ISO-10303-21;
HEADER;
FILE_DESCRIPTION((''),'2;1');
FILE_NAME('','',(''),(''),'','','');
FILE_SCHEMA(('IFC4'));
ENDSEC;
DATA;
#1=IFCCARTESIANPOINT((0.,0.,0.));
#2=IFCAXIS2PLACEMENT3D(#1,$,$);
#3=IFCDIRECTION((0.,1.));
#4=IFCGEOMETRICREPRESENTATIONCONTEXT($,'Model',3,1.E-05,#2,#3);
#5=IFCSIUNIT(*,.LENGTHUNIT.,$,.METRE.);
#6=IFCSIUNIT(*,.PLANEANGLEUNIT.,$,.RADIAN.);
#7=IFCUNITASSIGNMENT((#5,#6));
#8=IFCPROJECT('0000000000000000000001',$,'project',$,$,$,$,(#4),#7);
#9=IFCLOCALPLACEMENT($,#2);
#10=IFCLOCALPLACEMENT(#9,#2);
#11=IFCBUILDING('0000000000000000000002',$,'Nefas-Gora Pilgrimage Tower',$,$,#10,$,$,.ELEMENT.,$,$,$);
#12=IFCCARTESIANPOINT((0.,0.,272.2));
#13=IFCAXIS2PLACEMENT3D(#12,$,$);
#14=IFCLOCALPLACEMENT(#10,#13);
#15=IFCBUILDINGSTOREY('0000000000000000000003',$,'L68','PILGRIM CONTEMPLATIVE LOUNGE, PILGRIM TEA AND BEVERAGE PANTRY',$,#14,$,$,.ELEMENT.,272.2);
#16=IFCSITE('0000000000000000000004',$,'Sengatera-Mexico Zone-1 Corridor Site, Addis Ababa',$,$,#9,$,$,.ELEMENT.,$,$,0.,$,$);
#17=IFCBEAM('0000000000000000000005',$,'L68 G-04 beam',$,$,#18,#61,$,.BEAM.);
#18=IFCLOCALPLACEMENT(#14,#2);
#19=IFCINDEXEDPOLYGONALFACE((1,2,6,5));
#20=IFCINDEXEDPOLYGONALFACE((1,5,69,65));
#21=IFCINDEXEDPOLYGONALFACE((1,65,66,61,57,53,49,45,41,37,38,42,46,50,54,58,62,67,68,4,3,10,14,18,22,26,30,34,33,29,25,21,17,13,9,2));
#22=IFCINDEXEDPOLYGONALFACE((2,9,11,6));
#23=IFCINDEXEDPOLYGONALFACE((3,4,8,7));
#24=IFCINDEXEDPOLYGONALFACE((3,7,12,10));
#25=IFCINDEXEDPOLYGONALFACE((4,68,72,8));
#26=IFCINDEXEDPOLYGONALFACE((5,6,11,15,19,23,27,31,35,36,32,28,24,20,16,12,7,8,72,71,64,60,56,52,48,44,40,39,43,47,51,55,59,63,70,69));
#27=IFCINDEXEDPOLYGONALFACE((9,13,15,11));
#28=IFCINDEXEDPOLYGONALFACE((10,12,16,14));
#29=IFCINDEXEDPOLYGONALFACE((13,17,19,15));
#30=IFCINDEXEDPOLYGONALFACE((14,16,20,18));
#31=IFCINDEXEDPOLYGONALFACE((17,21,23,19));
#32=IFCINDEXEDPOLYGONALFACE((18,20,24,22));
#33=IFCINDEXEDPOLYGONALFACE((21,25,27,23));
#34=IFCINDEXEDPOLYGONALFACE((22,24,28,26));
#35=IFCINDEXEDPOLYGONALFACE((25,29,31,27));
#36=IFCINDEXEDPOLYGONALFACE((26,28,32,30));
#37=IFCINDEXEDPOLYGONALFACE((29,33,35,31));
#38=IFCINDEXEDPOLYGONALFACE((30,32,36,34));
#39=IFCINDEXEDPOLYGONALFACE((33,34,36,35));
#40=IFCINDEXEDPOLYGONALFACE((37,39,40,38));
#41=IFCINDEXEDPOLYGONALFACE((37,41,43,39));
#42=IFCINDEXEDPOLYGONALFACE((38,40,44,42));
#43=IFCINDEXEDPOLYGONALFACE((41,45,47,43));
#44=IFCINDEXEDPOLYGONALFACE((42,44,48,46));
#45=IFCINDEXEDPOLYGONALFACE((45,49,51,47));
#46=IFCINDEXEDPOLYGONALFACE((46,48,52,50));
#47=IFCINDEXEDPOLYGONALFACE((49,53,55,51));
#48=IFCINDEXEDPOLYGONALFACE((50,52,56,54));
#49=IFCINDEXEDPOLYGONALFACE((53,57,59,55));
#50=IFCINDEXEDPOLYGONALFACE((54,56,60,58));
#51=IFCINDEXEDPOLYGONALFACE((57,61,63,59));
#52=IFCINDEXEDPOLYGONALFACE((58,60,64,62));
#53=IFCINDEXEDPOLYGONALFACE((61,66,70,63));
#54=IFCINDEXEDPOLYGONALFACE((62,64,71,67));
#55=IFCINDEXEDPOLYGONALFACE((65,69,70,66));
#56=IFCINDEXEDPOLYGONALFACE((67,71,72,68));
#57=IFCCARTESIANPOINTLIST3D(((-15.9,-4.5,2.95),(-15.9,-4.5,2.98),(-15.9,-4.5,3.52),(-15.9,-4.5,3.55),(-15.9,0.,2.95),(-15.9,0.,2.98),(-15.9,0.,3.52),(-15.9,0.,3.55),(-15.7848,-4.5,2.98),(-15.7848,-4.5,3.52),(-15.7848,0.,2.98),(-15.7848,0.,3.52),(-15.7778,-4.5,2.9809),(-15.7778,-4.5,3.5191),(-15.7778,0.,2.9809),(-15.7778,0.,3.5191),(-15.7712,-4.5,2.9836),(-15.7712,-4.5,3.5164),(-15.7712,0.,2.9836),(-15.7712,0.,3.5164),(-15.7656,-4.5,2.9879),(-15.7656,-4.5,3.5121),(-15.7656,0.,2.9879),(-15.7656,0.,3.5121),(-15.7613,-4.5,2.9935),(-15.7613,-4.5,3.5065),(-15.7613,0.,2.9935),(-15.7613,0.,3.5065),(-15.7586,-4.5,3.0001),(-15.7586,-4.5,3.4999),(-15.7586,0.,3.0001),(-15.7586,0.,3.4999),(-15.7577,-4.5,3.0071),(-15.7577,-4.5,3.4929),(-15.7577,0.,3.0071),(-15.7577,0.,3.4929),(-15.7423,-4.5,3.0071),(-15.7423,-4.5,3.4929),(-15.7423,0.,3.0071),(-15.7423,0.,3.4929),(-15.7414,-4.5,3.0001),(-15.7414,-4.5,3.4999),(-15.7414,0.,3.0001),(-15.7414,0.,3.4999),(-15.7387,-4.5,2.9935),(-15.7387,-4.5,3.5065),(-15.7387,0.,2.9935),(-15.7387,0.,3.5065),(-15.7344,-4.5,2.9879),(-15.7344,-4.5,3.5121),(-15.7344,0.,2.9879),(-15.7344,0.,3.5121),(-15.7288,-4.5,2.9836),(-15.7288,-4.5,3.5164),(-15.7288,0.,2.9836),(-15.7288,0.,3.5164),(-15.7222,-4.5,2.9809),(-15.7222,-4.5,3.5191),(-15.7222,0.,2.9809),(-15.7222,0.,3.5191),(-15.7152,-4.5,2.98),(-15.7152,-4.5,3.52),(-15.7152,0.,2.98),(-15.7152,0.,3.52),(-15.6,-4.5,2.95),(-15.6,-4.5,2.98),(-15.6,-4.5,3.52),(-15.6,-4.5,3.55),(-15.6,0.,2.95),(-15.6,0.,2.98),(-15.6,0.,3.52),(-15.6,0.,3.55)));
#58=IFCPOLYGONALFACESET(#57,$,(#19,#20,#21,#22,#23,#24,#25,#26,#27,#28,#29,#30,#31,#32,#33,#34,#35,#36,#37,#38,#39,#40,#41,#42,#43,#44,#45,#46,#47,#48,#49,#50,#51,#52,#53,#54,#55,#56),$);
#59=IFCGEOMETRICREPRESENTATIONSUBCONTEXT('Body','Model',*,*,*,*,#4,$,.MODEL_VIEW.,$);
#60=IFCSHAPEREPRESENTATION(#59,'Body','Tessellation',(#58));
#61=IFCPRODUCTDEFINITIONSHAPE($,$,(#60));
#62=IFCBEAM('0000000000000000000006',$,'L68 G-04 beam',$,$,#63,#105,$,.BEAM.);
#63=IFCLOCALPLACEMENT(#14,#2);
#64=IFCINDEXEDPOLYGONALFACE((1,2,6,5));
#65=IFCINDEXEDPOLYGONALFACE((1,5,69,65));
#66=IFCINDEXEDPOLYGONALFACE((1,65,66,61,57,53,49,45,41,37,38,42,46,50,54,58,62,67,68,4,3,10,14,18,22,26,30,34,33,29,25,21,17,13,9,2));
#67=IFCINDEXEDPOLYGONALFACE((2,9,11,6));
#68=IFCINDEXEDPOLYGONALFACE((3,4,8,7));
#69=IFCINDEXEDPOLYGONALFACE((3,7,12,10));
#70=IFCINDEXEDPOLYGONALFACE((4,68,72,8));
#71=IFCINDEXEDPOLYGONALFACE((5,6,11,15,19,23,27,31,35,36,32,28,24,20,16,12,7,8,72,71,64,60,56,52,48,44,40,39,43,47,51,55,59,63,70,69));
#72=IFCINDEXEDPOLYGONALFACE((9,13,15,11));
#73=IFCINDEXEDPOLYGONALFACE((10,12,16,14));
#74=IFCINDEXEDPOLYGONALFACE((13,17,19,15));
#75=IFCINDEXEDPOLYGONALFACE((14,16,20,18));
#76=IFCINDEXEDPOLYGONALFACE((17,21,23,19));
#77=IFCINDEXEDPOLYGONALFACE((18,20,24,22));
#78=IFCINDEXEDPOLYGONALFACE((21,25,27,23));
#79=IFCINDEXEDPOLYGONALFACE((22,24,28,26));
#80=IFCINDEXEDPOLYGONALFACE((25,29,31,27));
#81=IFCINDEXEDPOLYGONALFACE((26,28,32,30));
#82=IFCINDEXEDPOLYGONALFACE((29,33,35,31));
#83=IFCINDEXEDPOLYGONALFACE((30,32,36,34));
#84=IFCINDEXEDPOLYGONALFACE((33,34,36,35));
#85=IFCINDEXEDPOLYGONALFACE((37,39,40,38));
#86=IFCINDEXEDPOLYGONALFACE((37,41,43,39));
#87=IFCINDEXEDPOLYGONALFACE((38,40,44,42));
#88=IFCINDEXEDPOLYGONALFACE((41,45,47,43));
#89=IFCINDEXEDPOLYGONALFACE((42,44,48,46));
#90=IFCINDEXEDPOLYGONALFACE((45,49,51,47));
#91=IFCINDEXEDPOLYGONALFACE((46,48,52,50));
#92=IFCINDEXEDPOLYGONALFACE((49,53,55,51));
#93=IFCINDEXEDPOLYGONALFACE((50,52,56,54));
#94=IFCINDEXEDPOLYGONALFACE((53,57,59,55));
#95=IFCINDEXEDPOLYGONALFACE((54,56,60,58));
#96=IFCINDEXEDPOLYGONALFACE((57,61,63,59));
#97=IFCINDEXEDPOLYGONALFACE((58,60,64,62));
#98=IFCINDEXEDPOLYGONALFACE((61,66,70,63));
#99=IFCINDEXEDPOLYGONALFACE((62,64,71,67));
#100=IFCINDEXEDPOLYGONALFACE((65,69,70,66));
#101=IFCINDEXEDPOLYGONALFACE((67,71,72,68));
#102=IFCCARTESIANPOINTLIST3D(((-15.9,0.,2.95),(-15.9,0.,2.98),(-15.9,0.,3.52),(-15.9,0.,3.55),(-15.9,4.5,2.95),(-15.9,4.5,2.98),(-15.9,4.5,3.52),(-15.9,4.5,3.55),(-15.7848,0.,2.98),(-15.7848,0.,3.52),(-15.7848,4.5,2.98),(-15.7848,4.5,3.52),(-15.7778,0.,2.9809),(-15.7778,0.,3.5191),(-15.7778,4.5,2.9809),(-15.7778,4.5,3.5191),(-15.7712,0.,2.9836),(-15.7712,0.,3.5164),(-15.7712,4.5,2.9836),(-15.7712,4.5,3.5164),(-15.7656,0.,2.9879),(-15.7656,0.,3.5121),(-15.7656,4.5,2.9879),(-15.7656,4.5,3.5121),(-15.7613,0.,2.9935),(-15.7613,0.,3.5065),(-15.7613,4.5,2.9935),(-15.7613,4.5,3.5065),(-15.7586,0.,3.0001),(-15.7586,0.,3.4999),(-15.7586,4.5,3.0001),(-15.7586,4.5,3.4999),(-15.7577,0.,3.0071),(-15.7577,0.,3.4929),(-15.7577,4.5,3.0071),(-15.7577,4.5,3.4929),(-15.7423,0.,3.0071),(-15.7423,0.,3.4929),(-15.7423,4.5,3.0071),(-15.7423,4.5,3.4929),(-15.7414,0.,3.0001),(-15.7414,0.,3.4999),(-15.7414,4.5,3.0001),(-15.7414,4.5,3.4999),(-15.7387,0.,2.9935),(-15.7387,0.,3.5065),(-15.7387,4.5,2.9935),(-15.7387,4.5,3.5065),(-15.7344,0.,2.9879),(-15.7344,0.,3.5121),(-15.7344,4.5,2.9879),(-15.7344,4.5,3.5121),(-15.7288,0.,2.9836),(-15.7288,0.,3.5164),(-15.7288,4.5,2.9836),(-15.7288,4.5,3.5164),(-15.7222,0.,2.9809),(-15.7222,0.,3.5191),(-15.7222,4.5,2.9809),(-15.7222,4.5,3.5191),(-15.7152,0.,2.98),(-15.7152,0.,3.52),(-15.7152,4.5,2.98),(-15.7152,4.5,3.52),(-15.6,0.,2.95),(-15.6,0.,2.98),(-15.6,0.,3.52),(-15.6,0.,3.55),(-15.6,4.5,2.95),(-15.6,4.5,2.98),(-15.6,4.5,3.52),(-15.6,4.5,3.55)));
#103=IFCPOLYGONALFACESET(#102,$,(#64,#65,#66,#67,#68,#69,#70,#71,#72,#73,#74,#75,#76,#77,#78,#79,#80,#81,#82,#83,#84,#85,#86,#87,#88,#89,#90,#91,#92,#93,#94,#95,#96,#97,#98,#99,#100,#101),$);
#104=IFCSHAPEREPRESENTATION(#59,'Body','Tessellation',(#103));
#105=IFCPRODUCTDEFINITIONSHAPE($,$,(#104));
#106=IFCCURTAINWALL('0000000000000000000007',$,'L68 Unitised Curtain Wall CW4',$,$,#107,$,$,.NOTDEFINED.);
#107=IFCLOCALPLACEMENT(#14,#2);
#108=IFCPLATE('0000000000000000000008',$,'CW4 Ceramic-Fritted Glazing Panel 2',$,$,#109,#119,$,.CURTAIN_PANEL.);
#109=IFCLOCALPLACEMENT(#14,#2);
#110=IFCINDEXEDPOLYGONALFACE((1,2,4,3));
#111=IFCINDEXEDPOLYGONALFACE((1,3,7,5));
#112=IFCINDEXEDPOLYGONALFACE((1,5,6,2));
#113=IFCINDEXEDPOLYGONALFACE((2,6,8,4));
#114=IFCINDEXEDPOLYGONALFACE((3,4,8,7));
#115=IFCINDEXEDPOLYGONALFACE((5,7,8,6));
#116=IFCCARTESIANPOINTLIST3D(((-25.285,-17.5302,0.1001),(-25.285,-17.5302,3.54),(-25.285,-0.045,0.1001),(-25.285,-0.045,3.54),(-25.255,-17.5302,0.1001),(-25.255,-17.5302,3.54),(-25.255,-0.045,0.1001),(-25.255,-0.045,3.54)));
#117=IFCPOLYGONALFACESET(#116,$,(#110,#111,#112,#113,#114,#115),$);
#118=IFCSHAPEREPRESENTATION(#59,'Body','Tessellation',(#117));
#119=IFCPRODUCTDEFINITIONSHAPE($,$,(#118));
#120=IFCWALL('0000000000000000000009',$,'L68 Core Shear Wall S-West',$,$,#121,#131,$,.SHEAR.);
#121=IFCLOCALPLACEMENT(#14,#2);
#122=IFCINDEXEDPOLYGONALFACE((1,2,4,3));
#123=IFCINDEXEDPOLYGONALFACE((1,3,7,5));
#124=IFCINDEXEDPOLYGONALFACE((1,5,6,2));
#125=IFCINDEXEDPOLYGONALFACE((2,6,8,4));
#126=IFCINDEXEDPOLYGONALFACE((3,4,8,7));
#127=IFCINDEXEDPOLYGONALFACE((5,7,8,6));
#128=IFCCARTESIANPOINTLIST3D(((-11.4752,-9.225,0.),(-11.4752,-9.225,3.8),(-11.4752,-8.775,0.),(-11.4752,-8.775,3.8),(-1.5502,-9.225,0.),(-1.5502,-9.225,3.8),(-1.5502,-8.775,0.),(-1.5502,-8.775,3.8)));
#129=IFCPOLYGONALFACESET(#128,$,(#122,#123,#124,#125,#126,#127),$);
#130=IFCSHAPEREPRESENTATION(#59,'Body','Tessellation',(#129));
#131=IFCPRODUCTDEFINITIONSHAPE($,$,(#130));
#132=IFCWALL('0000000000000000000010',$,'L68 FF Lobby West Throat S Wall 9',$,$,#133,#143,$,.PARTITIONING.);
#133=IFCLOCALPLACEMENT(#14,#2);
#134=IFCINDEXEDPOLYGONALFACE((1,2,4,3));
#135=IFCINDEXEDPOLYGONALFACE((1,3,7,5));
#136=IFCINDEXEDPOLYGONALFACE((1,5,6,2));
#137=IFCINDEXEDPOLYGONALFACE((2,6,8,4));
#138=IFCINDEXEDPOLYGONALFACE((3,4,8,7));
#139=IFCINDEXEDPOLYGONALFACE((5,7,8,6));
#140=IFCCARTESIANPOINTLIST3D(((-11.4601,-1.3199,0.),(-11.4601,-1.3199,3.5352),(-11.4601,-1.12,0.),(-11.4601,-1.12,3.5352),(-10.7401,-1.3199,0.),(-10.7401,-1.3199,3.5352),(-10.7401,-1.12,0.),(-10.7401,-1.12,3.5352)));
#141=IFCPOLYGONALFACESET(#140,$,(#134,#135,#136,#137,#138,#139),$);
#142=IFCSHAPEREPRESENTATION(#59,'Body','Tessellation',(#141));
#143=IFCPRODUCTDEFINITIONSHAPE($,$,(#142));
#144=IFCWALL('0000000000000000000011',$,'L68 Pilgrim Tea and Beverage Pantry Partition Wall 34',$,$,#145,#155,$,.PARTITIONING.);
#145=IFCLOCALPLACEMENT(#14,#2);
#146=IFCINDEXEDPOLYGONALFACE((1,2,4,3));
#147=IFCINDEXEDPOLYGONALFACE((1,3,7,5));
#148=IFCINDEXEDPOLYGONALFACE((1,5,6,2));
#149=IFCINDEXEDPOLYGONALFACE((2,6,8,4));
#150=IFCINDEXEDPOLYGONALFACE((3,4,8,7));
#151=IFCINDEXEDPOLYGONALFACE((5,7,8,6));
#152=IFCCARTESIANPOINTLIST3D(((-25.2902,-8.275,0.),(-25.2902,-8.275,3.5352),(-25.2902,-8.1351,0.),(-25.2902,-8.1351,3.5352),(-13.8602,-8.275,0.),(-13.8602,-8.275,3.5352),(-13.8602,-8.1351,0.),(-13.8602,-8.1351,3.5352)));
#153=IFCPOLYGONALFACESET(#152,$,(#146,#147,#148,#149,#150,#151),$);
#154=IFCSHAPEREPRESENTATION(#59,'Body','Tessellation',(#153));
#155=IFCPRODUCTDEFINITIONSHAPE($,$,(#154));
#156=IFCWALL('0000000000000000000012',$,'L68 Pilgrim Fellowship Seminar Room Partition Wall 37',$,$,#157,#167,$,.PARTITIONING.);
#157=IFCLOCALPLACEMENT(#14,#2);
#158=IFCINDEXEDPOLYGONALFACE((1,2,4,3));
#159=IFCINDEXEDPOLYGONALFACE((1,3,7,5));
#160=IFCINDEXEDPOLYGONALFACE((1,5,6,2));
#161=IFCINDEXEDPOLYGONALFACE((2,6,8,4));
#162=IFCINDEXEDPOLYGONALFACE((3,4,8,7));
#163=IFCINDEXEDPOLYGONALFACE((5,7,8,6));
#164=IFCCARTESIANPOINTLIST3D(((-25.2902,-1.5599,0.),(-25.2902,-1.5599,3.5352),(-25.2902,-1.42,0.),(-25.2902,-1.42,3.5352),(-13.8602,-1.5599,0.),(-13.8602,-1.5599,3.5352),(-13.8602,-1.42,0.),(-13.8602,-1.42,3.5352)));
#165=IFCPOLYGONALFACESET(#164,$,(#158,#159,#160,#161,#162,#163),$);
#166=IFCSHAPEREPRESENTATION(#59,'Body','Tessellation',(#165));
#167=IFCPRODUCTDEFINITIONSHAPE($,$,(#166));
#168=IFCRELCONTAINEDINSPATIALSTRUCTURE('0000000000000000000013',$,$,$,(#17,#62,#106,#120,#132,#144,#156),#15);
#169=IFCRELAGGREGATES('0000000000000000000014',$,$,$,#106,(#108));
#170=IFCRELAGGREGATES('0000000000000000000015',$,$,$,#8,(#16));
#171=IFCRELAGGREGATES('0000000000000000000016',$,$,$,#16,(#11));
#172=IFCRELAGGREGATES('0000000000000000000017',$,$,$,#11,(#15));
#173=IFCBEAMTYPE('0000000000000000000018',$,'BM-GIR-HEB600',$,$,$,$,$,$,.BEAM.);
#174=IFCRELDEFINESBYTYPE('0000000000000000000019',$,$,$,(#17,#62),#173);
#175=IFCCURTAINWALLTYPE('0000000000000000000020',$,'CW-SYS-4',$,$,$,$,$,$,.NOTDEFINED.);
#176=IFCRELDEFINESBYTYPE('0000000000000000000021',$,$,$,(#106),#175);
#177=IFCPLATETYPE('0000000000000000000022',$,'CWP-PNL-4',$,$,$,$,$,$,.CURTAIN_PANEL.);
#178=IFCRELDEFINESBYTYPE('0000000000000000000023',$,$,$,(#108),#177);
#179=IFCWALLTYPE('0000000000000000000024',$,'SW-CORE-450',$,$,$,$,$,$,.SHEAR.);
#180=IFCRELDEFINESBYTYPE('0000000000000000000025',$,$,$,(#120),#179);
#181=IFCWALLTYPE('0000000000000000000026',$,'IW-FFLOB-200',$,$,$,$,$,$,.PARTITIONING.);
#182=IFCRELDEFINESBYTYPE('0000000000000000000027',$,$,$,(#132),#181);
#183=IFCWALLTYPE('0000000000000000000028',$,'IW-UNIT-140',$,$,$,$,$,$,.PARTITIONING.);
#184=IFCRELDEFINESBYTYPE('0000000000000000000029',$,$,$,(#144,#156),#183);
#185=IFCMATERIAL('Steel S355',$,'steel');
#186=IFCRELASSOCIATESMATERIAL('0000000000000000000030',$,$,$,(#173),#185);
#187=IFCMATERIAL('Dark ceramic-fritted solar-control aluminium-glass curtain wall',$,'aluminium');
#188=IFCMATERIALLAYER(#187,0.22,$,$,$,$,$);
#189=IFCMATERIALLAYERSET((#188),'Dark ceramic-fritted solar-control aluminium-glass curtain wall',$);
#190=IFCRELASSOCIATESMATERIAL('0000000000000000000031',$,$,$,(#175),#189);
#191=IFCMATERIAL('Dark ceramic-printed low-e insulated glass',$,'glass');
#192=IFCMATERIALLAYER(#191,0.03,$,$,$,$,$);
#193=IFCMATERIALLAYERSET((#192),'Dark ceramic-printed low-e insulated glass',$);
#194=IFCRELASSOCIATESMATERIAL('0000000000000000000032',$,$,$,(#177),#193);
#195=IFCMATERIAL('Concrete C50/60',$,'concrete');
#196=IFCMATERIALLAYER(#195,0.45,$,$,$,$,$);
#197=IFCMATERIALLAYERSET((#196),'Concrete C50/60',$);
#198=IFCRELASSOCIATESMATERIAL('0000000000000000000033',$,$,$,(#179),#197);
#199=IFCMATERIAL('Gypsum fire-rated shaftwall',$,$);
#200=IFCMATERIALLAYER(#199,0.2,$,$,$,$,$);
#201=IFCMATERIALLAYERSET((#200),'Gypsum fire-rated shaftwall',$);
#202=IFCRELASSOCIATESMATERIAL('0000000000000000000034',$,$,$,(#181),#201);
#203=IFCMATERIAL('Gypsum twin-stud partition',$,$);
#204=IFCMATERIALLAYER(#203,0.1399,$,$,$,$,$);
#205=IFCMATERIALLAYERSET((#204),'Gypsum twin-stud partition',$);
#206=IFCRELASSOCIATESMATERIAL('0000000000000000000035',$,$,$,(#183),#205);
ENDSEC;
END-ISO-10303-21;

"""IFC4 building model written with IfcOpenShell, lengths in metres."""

from ifc_helpers import new_model, si_unit, direction, frame, frame_2d, origin, origin_2d, place, context, subcontext, project, spatial, rectangle, i_section, extrude, source, transform, mapped, material, layer, layer_set, material_profile, profile_set, type_object, element, aggregate, save


model = new_model("IFC4")

# Units and contexts
model_context = context("Model", 3, precision=1e-05, world=origin(), true_north=direction((0.0, 1.0)))
body_context = subcontext(model_context, "Body", "Model", "MODEL_VIEW")
ifc_project = project(units=[si_unit("LENGTHUNIT", "METRE"), si_unit("PLANEANGLEUNIT", "RADIAN")], contexts=[model_context])

# Site, building, storey
site_placement = place(None, origin())
site = spatial("IfcSite", under=ifc_project, at=site_placement, Name="Sengatera-Mexico Zone-1 Corridor Site, Addis Ababa", CompositionType="ELEMENT", RefElevation=0.0)
building_placement = place(site_placement, origin())
building = spatial("IfcBuilding", under=site, at=building_placement, Name="Nefas-Gora Pilgrimage Tower", CompositionType="ELEMENT")
storey_placement = place(building_placement, frame((0.0, 0.0, 272.2)))
storey = spatial("IfcBuildingStorey", under=building, at=storey_placement, Name="L68", Description="PILGRIM CONTEMPLATIVE LOUNGE, PILGRIM TEA AND BEVERAGE PANTRY", CompositionType="ELEMENT", Elevation=272.2)

# Shared definitions
ifc_material_1 = material(Name="Steel S355", Category="steel")

# Beams
ifc_material_profile_1 = material_profile(ifc_material_1, i_section(OverallWidth=0.3, OverallDepth=0.6001, WebThickness=0.0154, FlangeThickness=0.03, FilletRadius=0.0271, at=origin_2d()), Name="HEB 600")
ifc_profile_set_1 = profile_set([ifc_material_profile_1], Name="Steel S355")
beam_type_1 = type_object("IfcBeamType", Name="BM-GIR-HEB600", PredefinedType="BEAM", material=ifc_profile_set_1)
shared_shape_1 = source(origin(), body_context, "Body", "SweptSolid", [
    extrude(i_section(OverallWidth=0.3, OverallDepth=0.6001, WebThickness=0.0154, FlangeThickness=0.03, FilletRadius=0.0271, at=origin_2d()), origin(), (0.0, 0.0, 1.0), 4.5),
])
for number, where, z_axis, x_axis, name in (
    (1, (-15.75, -4.5, 3.25), (0.0, 1.0, 0.0), (-1.0, 0.0, 0.0), "L68 G-04 beam"),
    (2, (-15.75, 0.0, 3.25), (0.0, 1.0, 0.0), (-1.0, 0.0, 0.0), "L68 G-04 beam"),
):
    element("IfcBeam", number, at=place(storey_placement, frame(where, z_axis=z_axis, x_axis=x_axis)), inside=storey, type_object=beam_type_1, Name=name, PredefinedType="BEAM", context=body_context, shape_type="MappedRepresentation", body=[
        mapped(shared_shape_1, transform((0.0, 0.0, 0.0), x_axis=(1.0, 0.0, 0.0), y_axis=(0.0, 1.0, 0.0), z_axis=(0.0, 0.0, 1.0), scale=1.0)),
    ])

# Curtain wall, plate
ifc_material_2 = material(Name="Dark ceramic-fritted solar-control aluminium-glass curtain wall", Category="aluminium")
ifc_layer_1 = layer(ifc_material_2, 0.22)
ifc_layer_set_1 = layer_set([ifc_layer_1], Name="Dark ceramic-fritted solar-control aluminium-glass curtain wall")
curtain_wall_type = type_object("IfcCurtainWallType", Name="CW-SYS-4", PredefinedType="NOTDEFINED", material=ifc_layer_set_1)
curtain_wall_placement = place(storey_placement, origin())
curtain_wall = element("IfcCurtainWall", 3, at=curtain_wall_placement, inside=storey, type_object=curtain_wall_type, Name="L68 Unitised Curtain Wall CW4", PredefinedType="NOTDEFINED")
ifc_material_3 = material(Name="Dark ceramic-printed low-e insulated glass", Category="glass")
ifc_layer_2 = layer(ifc_material_3, 0.03)
ifc_layer_set_2 = layer_set([ifc_layer_2], Name="Dark ceramic-printed low-e insulated glass")
plate_type = type_object("IfcPlateType", Name="CWP-PNL-4", PredefinedType="CURTAIN_PANEL", material=ifc_layer_set_2)
shared_shape_2 = source(origin(), body_context, "Body", "SweptSolid", [
    extrude(rectangle(XDim=17.4851, YDim=0.03, at=origin_2d()), origin(), (0.0, 0.0, 1.0), 3.4399),
])
plate_placement = place(storey_placement, frame((-25.27, -8.7876, 0.1001), z_axis=(0.0, 0.0, 1.0), x_axis=(0.0, -1.0, 0.0)))
plate = element("IfcPlate", 4, at=plate_placement, type_object=plate_type, Name="CW4 Ceramic-Fritted Glazing Panel 2", PredefinedType="CURTAIN_PANEL", context=body_context, shape_type="MappedRepresentation", body=[
    mapped(shared_shape_2, transform((0.0, 0.0, 0.0), x_axis=(1.0, 0.0, 0.0), y_axis=(0.0, 1.0, 0.0), z_axis=(0.0, 0.0, 1.0), scale=1.0)),
])
aggregate(curtain_wall, [plate])

# Walls
ifc_material_4 = material(Name="Concrete C50/60", Category="concrete")
ifc_layer_3 = layer(ifc_material_4, 0.45)
ifc_layer_set_3 = layer_set([ifc_layer_3], Name="Concrete C50/60")
wall_type_1 = type_object("IfcWallType", Name="SW-CORE-450", PredefinedType="SHEAR", material=ifc_layer_set_3)
shared_shape_3 = source(origin(), body_context, "Body", "SweptSolid", [
    extrude(rectangle(XDim=9.925, YDim=0.45, at=frame_2d((4.9624, 0.0))), origin(), (0.0, 0.0, 1.0), 3.8),
])
wall_1_placement = place(storey_placement, frame((-11.4751, -9.0, 0.0), z_axis=(0.0, 0.0, 1.0), x_axis=(1.0, 0.0, 0.0)))
element("IfcWall", 5, at=wall_1_placement, inside=storey, type_object=wall_type_1, Name="L68 Core Shear Wall S-West", PredefinedType="SHEAR", context=body_context, shape_type="MappedRepresentation", body=[
    mapped(shared_shape_3, transform((0.0, 0.0, 0.0), x_axis=(1.0, 0.0, 0.0), y_axis=(0.0, 1.0, 0.0), z_axis=(0.0, 0.0, 1.0), scale=1.0)),
])
ifc_material_5 = material(Name="Gypsum fire-rated shaftwall")
ifc_layer_4 = layer(ifc_material_5, 0.2)
ifc_layer_set_4 = layer_set([ifc_layer_4], Name="Gypsum fire-rated shaftwall")
wall_type_2 = type_object("IfcWallType", Name="IW-FFLOB-200", PredefinedType="PARTITIONING", material=ifc_layer_set_4)
shared_shape_4 = source(origin(), body_context, "Body", "SweptSolid", [
    extrude(rectangle(XDim=0.72, YDim=0.2, at=frame_2d((0.3599, 0.0))), origin(), (0.0, 0.0, 1.0), 3.5352),
])
wall_2_placement = place(storey_placement, frame((-11.46, -1.22, 0.0), z_axis=(0.0, 0.0, 1.0), x_axis=(1.0, 0.0, 0.0)))
element("IfcWall", 6, at=wall_2_placement, inside=storey, type_object=wall_type_2, Name="L68 FF Lobby West Throat S Wall 9", PredefinedType="PARTITIONING", context=body_context, shape_type="MappedRepresentation", body=[
    mapped(shared_shape_4, transform((0.0, 0.0, 0.0), x_axis=(1.0, 0.0, 0.0), y_axis=(0.0, 1.0, 0.0), z_axis=(0.0, 0.0, 1.0), scale=1.0)),
])
ifc_material_6 = material(Name="Gypsum twin-stud partition")
ifc_layer_5 = layer(ifc_material_6, 0.1399)
ifc_layer_set_5 = layer_set([ifc_layer_5], Name="Gypsum twin-stud partition")
wall_type_3 = type_object("IfcWallType", Name="IW-UNIT-140", PredefinedType="PARTITIONING", material=ifc_layer_set_5)
shared_shape_5 = source(origin(), body_context, "Body", "SweptSolid", [
    extrude(rectangle(XDim=11.4299, YDim=0.1399, at=frame_2d((5.7148, 0.0))), origin(), (0.0, 0.0, 1.0), 3.5352),
])
for number, where, z_axis, x_axis, name in (
    (7, (-25.29, -8.2051, 0.0), (0.0, 0.0, 1.0), (1.0, 0.0, 0.0), "L68 Pilgrim Tea and Beverage Pantry Partition Wall 34"),
    (8, (-25.29, -1.49, 0.0), (0.0, 0.0, 1.0), (1.0, 0.0, 0.0), "L68 Pilgrim Fellowship Seminar Room Partition Wall 37"),
):
    element("IfcWall", number, at=place(storey_placement, frame(where, z_axis=z_axis, x_axis=x_axis)), inside=storey, type_object=wall_type_3, Name=name, PredefinedType="PARTITIONING", context=body_context, shape_type="MappedRepresentation", body=[
        mapped(shared_shape_5, transform((0.0, 0.0, 0.0), x_axis=(1.0, 0.0, 0.0), y_axis=(0.0, 1.0, 0.0), z_axis=(0.0, 0.0, 1.0), scale=1.0)),
    ])

save(model, "model.ifc")
